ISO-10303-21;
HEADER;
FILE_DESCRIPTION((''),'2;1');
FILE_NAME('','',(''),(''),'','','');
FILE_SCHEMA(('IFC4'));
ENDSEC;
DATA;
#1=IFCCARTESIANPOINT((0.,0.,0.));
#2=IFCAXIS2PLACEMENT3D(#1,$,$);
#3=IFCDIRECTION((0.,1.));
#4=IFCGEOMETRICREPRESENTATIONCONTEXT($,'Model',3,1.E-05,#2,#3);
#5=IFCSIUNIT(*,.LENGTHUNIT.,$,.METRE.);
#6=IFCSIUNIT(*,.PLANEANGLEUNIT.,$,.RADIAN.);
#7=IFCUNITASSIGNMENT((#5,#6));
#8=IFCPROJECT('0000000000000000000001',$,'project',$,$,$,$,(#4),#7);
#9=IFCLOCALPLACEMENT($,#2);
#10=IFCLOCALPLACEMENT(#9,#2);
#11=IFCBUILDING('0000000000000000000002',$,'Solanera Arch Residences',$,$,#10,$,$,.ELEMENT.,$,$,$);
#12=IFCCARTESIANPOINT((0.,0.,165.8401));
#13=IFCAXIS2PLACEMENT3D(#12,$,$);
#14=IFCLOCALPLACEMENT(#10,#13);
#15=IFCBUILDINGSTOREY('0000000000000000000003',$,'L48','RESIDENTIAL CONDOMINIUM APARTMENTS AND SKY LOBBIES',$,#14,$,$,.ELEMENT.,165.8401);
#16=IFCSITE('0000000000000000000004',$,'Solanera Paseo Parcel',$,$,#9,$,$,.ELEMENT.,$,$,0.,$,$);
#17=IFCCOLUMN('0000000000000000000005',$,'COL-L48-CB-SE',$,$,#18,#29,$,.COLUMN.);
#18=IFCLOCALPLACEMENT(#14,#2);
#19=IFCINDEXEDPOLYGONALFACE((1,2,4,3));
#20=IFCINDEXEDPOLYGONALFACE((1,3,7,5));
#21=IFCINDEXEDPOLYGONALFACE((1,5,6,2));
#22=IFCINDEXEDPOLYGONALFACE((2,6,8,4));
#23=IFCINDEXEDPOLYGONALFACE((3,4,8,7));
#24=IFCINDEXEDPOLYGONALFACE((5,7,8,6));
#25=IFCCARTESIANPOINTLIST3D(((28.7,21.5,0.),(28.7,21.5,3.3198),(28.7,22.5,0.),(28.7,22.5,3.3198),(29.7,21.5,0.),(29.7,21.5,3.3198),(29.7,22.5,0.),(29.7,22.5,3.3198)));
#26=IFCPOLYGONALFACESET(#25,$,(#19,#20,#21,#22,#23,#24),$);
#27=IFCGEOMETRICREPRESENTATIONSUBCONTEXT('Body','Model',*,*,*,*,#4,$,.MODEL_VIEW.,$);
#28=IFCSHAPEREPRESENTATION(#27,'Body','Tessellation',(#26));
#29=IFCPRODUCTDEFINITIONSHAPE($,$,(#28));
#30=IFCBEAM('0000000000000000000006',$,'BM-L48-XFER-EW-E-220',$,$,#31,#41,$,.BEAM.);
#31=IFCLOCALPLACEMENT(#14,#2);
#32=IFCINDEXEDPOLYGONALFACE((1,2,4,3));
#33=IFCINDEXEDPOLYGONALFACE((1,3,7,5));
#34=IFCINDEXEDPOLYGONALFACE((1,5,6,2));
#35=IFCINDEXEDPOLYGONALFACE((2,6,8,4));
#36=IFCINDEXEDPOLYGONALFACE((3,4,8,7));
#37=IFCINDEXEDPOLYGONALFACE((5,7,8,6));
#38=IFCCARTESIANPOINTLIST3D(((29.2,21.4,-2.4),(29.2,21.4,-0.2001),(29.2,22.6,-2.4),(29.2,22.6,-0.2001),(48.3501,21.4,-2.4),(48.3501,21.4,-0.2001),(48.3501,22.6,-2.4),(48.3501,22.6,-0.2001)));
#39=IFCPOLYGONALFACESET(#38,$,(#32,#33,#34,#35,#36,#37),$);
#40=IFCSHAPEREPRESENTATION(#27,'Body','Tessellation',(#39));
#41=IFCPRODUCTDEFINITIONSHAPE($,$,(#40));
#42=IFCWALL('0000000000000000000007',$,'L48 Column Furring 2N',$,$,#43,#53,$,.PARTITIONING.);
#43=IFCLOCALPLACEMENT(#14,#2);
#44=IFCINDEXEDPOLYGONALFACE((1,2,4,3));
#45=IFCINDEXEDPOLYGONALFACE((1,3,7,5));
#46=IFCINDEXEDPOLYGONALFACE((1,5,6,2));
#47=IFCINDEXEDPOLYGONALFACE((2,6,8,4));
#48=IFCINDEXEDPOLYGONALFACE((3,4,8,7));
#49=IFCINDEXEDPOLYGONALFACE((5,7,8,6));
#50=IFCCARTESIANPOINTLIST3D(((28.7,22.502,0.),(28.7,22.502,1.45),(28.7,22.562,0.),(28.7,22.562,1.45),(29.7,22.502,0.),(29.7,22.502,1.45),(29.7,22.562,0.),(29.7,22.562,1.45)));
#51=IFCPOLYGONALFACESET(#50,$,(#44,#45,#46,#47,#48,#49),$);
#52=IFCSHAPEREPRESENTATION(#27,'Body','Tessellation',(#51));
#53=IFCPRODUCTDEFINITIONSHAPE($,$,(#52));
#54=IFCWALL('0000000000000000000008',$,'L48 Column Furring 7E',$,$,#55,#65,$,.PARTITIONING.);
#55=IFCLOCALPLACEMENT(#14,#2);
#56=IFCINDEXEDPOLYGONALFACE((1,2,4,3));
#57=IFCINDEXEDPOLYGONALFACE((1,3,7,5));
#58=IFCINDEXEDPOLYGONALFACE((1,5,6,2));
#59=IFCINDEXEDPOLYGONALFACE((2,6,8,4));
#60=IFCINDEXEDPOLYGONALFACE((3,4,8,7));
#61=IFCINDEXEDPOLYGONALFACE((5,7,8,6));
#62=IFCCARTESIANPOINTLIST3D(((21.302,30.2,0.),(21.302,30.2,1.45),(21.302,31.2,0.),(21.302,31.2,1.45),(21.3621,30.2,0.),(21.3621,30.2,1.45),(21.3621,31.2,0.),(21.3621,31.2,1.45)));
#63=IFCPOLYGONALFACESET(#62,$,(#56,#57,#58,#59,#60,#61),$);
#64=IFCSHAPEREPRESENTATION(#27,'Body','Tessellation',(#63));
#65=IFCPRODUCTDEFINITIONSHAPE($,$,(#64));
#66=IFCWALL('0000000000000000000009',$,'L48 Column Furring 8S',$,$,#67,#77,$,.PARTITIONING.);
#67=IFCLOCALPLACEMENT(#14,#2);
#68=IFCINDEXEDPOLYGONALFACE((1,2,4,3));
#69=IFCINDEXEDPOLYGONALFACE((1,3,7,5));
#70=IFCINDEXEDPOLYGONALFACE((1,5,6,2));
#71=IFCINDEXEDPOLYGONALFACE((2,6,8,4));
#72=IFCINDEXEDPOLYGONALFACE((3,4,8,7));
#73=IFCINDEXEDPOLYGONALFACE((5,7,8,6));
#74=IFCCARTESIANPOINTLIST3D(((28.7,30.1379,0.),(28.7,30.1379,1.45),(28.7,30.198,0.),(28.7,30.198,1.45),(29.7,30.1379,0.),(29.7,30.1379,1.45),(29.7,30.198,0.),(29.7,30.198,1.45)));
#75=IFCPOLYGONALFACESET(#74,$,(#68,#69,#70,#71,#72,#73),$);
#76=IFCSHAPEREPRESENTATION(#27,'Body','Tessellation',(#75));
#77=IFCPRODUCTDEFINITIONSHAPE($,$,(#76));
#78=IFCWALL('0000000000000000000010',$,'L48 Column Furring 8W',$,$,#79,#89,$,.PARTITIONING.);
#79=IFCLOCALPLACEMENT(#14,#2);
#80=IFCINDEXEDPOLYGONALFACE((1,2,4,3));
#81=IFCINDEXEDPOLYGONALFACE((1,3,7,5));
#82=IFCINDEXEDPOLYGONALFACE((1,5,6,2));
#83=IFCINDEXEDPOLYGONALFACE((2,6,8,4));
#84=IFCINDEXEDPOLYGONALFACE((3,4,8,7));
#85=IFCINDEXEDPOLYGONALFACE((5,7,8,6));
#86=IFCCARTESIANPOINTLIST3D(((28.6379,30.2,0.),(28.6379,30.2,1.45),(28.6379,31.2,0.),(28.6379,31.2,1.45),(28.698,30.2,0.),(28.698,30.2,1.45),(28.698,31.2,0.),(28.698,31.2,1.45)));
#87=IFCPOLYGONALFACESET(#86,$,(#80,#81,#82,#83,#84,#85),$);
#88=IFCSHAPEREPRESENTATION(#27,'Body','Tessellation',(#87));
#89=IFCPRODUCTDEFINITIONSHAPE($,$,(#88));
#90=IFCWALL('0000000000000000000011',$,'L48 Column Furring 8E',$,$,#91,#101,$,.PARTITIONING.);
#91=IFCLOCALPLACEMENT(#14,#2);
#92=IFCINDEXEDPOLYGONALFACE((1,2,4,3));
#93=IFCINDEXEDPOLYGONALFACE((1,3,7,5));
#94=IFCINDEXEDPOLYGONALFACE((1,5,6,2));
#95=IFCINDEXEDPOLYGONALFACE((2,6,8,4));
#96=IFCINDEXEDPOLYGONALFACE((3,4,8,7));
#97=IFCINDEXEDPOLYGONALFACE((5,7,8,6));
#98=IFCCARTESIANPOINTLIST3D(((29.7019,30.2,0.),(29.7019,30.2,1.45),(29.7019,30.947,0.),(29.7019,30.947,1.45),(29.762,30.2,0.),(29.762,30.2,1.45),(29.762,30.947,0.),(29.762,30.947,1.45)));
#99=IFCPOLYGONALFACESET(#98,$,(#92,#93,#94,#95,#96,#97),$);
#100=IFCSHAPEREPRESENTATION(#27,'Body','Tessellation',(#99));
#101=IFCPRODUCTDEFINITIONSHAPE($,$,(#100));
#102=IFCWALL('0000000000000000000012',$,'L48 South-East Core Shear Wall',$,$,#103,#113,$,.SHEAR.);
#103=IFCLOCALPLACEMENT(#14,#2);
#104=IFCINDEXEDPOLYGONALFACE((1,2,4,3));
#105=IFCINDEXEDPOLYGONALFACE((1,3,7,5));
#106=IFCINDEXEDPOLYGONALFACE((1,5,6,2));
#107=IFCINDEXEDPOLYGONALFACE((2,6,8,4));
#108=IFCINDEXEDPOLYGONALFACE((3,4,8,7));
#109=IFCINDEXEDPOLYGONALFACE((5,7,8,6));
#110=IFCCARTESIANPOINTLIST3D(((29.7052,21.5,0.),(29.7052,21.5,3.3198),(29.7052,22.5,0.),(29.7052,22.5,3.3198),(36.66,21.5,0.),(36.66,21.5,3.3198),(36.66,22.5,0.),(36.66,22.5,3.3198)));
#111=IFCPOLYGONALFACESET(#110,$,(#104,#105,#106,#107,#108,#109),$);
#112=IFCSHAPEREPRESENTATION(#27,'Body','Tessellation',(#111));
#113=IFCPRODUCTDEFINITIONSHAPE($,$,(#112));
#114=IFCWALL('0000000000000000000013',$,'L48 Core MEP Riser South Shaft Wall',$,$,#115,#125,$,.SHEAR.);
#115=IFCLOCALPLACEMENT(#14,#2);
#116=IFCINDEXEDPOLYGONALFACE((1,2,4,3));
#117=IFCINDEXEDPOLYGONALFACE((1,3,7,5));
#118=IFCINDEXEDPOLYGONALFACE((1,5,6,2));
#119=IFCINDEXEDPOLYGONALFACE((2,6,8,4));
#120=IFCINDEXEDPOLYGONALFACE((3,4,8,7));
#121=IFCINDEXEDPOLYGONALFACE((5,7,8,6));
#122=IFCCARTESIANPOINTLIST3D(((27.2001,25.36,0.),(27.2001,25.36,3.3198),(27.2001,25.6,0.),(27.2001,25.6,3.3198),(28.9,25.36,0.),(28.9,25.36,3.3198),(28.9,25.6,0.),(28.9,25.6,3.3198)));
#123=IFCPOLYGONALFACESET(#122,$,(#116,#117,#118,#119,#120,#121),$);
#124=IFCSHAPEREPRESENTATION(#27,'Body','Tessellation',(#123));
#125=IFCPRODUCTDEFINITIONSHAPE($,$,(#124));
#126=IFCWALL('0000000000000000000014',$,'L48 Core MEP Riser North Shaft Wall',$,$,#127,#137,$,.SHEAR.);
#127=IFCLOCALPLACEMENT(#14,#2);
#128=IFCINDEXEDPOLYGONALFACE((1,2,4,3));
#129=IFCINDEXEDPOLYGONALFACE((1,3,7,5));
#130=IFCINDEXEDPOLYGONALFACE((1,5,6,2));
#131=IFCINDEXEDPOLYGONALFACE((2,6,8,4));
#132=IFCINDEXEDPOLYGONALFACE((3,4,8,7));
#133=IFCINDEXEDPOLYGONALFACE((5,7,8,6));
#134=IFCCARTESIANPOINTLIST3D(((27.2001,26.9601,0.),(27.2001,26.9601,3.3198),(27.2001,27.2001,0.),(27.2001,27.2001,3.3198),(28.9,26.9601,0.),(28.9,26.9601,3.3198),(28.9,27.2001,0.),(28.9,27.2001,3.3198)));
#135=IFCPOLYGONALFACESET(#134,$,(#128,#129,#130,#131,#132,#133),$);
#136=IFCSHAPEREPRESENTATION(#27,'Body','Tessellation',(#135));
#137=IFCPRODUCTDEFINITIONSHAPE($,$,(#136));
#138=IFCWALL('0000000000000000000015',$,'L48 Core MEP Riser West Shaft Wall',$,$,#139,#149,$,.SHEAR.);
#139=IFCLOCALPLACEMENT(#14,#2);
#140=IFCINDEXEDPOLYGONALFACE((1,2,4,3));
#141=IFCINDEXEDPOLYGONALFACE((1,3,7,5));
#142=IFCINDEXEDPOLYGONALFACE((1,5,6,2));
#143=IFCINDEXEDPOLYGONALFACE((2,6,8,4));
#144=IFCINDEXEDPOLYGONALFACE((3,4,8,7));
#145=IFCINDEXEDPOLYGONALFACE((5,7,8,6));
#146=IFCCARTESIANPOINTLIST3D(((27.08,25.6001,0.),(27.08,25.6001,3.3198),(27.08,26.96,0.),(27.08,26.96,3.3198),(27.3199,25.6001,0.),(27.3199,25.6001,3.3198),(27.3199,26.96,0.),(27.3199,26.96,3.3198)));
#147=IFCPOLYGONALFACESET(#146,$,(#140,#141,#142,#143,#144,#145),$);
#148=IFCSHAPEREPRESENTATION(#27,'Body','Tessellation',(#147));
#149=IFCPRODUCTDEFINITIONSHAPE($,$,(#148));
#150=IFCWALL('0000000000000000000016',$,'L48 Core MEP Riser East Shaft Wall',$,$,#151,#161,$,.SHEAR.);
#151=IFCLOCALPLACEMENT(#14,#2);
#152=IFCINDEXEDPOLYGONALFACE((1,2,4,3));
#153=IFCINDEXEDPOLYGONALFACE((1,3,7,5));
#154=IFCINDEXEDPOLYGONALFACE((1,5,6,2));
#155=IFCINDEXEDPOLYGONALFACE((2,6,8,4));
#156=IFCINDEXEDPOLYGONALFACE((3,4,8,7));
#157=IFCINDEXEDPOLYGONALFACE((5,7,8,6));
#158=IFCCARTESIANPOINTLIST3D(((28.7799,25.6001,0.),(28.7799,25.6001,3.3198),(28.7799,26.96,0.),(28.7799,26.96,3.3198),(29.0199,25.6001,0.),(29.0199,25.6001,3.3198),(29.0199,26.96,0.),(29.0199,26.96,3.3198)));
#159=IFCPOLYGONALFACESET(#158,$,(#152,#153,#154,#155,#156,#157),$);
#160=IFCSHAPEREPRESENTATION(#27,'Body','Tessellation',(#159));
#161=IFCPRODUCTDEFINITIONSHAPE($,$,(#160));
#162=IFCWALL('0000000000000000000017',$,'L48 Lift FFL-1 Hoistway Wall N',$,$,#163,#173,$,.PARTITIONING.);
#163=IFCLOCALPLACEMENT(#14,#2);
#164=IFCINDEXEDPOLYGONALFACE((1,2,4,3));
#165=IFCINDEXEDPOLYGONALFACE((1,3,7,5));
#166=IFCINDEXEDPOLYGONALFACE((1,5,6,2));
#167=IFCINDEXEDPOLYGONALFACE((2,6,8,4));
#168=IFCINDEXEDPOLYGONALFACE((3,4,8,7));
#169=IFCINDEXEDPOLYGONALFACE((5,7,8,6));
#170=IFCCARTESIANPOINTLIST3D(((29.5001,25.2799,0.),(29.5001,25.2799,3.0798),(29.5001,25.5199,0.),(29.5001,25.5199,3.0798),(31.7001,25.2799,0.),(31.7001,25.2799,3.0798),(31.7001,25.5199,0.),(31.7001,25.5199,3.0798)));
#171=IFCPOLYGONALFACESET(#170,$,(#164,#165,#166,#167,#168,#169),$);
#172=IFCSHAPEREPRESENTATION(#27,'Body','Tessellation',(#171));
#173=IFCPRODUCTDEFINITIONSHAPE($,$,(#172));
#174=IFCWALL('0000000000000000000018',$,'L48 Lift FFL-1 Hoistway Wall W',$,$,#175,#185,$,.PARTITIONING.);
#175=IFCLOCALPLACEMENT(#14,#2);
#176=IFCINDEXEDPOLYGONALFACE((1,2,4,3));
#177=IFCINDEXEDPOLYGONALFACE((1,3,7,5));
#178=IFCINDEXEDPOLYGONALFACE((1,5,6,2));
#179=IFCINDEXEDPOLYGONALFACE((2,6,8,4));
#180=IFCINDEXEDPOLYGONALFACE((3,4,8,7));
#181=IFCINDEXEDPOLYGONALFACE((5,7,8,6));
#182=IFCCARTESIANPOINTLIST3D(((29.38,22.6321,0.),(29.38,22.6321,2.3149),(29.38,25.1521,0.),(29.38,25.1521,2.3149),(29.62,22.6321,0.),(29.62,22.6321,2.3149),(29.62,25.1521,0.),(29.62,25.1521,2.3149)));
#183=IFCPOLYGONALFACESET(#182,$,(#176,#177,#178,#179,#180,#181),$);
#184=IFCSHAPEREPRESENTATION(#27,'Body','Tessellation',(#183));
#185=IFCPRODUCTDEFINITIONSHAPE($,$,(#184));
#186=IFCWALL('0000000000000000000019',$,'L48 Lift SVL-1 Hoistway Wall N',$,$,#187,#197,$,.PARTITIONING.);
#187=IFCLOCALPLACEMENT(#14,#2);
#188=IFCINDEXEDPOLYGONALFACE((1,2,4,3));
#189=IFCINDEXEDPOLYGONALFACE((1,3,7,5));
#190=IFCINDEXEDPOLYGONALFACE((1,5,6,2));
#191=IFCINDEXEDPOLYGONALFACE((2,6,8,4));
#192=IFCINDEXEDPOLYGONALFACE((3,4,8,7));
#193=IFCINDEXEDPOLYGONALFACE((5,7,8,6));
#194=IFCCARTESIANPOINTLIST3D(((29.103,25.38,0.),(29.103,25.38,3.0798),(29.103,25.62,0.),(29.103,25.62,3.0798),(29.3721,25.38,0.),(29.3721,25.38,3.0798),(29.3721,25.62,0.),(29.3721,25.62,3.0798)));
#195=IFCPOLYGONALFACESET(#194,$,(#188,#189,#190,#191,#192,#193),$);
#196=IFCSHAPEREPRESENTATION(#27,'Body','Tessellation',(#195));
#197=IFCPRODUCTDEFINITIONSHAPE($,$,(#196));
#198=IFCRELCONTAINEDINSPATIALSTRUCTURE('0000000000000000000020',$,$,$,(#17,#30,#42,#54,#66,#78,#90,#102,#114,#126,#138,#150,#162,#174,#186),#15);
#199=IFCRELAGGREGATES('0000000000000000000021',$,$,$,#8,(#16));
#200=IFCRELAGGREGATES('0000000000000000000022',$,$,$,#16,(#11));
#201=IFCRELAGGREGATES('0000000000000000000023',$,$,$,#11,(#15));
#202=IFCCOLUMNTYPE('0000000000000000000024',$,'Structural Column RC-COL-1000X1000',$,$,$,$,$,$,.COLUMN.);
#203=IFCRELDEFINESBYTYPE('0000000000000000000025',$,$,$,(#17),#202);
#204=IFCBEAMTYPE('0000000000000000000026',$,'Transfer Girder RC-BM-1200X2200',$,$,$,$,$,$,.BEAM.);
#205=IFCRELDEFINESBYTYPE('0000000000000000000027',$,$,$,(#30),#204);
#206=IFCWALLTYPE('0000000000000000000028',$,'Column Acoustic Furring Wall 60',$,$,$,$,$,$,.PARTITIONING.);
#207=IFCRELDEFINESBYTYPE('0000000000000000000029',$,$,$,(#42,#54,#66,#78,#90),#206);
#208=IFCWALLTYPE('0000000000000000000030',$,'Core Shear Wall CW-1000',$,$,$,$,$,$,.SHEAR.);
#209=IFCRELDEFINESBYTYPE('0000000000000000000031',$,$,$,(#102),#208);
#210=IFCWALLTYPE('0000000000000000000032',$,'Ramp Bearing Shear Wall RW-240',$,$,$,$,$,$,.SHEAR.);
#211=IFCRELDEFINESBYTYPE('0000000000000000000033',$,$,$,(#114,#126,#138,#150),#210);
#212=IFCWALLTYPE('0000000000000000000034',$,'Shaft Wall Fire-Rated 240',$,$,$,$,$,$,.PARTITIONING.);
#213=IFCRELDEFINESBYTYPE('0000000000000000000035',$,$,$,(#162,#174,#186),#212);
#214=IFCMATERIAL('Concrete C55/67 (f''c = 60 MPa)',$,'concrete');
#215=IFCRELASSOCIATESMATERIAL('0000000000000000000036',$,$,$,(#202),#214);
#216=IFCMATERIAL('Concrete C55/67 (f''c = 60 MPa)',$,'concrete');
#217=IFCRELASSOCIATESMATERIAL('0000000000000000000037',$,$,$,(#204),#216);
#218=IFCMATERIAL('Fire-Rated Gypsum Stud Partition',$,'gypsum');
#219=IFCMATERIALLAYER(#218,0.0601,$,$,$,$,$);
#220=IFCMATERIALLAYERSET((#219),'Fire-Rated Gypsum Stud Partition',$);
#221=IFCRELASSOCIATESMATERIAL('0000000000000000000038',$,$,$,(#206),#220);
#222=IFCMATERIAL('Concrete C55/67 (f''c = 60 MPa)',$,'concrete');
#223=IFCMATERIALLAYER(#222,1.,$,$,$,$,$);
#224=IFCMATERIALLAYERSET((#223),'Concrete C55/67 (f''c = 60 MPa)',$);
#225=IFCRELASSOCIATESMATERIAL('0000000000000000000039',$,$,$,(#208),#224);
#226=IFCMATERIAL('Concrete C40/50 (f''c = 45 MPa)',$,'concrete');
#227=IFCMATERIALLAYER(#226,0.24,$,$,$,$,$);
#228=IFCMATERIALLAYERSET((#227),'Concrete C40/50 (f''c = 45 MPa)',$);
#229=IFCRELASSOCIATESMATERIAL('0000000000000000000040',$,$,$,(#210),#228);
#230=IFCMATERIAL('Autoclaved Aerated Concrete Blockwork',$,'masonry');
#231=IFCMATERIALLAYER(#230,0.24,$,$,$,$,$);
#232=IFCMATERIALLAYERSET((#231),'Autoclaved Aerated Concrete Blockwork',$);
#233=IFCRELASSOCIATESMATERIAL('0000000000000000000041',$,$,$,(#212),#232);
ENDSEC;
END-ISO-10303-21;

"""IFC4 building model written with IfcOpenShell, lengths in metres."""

from ifc_helpers import new_model, si_unit, direction, frame, frame_2d, origin, origin_2d, place, context, subcontext, project, spatial, rectangle, extrude, material, layer, layer_set, material_profile, profile_set, type_object, element, save


model = new_model("IFC4")

# Units and contexts
model_context = context("Model", 3, precision=1e-05, world=origin(), true_north=direction((0.0, 1.0)))
body_context = subcontext(model_context, "Body", "Model", "MODEL_VIEW")
ifc_project = project(units=[si_unit("LENGTHUNIT", "METRE"), si_unit("PLANEANGLEUNIT", "RADIAN")], contexts=[model_context])

# Site, building, storey
site_placement = place(None, origin())
site = spatial("IfcSite", under=ifc_project, at=site_placement, Name="Solanera Paseo Parcel", CompositionType="ELEMENT", RefElevation=0.0)
building_placement = place(site_placement, origin())
building = spatial("IfcBuilding", under=site, at=building_placement, Name="Solanera Arch Residences", CompositionType="ELEMENT")
storey_placement = place(building_placement, frame((0.0, 0.0, 165.8401)))
storey = spatial("IfcBuildingStorey", under=building, at=storey_placement, Name="L48", Description="RESIDENTIAL CONDOMINIUM APARTMENTS AND SKY LOBBIES", CompositionType="ELEMENT", Elevation=165.8401)

# Column
ifc_material_1 = material(Name="Concrete C55/67 (f'c = 60 MPa)", Category="concrete")
ifc_material_profile_1 = material_profile(ifc_material_1, rectangle(XDim=1.0, YDim=1.0, at=origin_2d()))
ifc_profile_set_1 = profile_set([ifc_material_profile_1], Name="Concrete C55/67 (f'c = 60 MPa)")
column_type = type_object("IfcColumnType", Name="Structural Column RC-COL-1000X1000", PredefinedType="COLUMN", material=ifc_profile_set_1)
column_placement = place(storey_placement, frame((29.2, 22.0, 0.0), z_axis=(0.0, 0.0, 1.0), x_axis=(1.0, 0.0, 0.0)))
element("IfcColumn", 1, at=column_placement, inside=storey, type_object=column_type, Name="COL-L48-CB-SE", PredefinedType="COLUMN", context=body_context, shape_type="SweptSolid", body=[
    extrude(rectangle(XDim=1.0, YDim=1.0, at=origin_2d()), origin(), (0.0, 0.0, 1.0), 3.3198),
])

# Beam
ifc_material_2 = material(Name="Concrete C55/67 (f'c = 60 MPa)", Category="concrete")
ifc_material_profile_2 = material_profile(ifc_material_2, rectangle(XDim=1.2, YDim=2.2, at=origin_2d()))
ifc_profile_set_2 = profile_set([ifc_material_profile_2], Name="Concrete C55/67 (f'c = 60 MPa)")
beam_type = type_object("IfcBeamType", Name="Transfer Girder RC-BM-1200X2200", PredefinedType="BEAM", material=ifc_profile_set_2)
beam_placement = place(storey_placement, frame((29.2, 22.0, -1.3), z_axis=(1.0, 0.0, 0.0), x_axis=(0.0, 1.0, 0.0)))
element("IfcBeam", 2, at=beam_placement, inside=storey, type_object=beam_type, Name="BM-L48-XFER-EW-E-220", PredefinedType="BEAM", context=body_context, shape_type="SweptSolid", body=[
    extrude(rectangle(XDim=1.2, YDim=2.2, at=origin_2d()), origin(), (0.0, 0.0, 1.0), 19.1501),
])

# Walls
ifc_material_3 = material(Name="Fire-Rated Gypsum Stud Partition", Category="gypsum")
ifc_layer_1 = layer(ifc_material_3, 0.0601)
ifc_layer_set_1 = layer_set([ifc_layer_1], Name="Fire-Rated Gypsum Stud Partition")
wall_type_1 = type_object("IfcWallType", Name="Column Acoustic Furring Wall 60", PredefinedType="PARTITIONING", material=ifc_layer_set_1)
for number, where, z_axis, x_axis, name in (
    (3, (28.7, 22.532, 0.0), (0.0, 0.0, 1.0), (1.0, 0.0, 0.0), "L48 Column Furring 2N"),
    (4, (21.332, 30.2, 0.0), (0.0, 0.0, 1.0), (0.0, 1.0, 0.0), "L48 Column Furring 7E"),
    (5, (28.7, 30.168, 0.0), (0.0, 0.0, 1.0), (1.0, 0.0, 0.0), "L48 Column Furring 8S"),
    (6, (28.668, 30.2, 0.0), (0.0, 0.0, 1.0), (0.0, 1.0, 0.0), "L48 Column Furring 8W"),
):
    element("IfcWall", number, at=place(storey_placement, frame(where, z_axis=z_axis, x_axis=x_axis)), inside=storey, type_object=wall_type_1, Name=name, PredefinedType="PARTITIONING", context=body_context, shape_type="SweptSolid", body=[
        extrude(rectangle(XDim=1.0, YDim=0.0601, at=frame_2d((0.5, 0.0))), origin(), (0.0, 0.0, 1.0), 1.45),
    ])
wall_1_placement = place(storey_placement, frame((29.7319, 30.2, 0.0), z_axis=(0.0, 0.0, 1.0), x_axis=(0.0, 1.0, 0.0)))
element("IfcWall", 7, at=wall_1_placement, inside=storey, type_object=wall_type_1, Name="L48 Column Furring 8E", PredefinedType="PARTITIONING", context=body_context, shape_type="SweptSolid", body=[
    extrude(rectangle(XDim=0.7471, YDim=0.0601, at=frame_2d((0.3735, 0.0))), origin(), (0.0, 0.0, 1.0), 1.45),
])
ifc_material_4 = material(Name="Concrete C55/67 (f'c = 60 MPa)", Category="concrete")
ifc_layer_2 = layer(ifc_material_4, 1.0)
ifc_layer_set_2 = layer_set([ifc_layer_2], Name="Concrete C55/67 (f'c = 60 MPa)")
wall_type_2 = type_object("IfcWallType", Name="Core Shear Wall CW-1000", PredefinedType="SHEAR", material=ifc_layer_set_2)
wall_2_placement = place(storey_placement, frame((29.7051, 22.0, 0.0), z_axis=(0.0, 0.0, 1.0), x_axis=(1.0, 0.0, 0.0)))
element("IfcWall", 8, at=wall_2_placement, inside=storey, type_object=wall_type_2, Name="L48 South-East Core Shear Wall", PredefinedType="SHEAR", context=body_context, shape_type="SweptSolid", body=[
    extrude(rectangle(XDim=6.9548, YDim=1.0, at=frame_2d((3.4775, 0.0))), origin(), (0.0, 0.0, 1.0), 3.3198),
])
ifc_material_5 = material(Name="Concrete C40/50 (f'c = 45 MPa)", Category="concrete")
ifc_layer_3 = layer(ifc_material_5, 0.24)
ifc_layer_set_3 = layer_set([ifc_layer_3], Name="Concrete C40/50 (f'c = 45 MPa)")
wall_type_3 = type_object("IfcWallType", Name="Ramp Bearing Shear Wall RW-240", PredefinedType="SHEAR", material=ifc_layer_set_3)
for number, where, z_axis, x_axis, name in (
    (9, (27.2, 25.48, 0.0), (0.0, 0.0, 1.0), (1.0, 0.0, 0.0), "L48 Core MEP Riser South Shaft Wall"),
    (10, (27.2, 27.0801, 0.0), (0.0, 0.0, 1.0), (1.0, 0.0, 0.0), "L48 Core MEP Riser North Shaft Wall"),
):
    element("IfcWall", number, at=place(storey_placement, frame(where, z_axis=z_axis, x_axis=x_axis)), inside=storey, type_object=wall_type_3, Name=name, PredefinedType="SHEAR", context=body_context, shape_type="SweptSolid", body=[
        extrude(rectangle(XDim=1.7, YDim=0.24, at=frame_2d((0.8501, 0.0))), origin(), (0.0, 0.0, 1.0), 3.3198),
    ])
for number, where, z_axis, x_axis, name in (
    (11, (27.2, 25.6001, 0.0), (0.0, 0.0, 1.0), (0.0, 1.0, 0.0), "L48 Core MEP Riser West Shaft Wall"),
    (12, (28.8999, 25.6001, 0.0), (0.0, 0.0, 1.0), (0.0, 1.0, 0.0), "L48 Core MEP Riser East Shaft Wall"),
):
    element("IfcWall", number, at=place(storey_placement, frame(where, z_axis=z_axis, x_axis=x_axis)), inside=storey, type_object=wall_type_3, Name=name, PredefinedType="SHEAR", context=body_context, shape_type="SweptSolid", body=[
        extrude(rectangle(XDim=1.3599, YDim=0.24, at=frame_2d((0.6799, 0.0))), origin(), (0.0, 0.0, 1.0), 3.3198),
    ])
ifc_material_6 = material(Name="Autoclaved Aerated Concrete Blockwork", Category="masonry")
ifc_layer_4 = layer(ifc_material_6, 0.24)
ifc_layer_set_4 = layer_set([ifc_layer_4], Name="Autoclaved Aerated Concrete Blockwork")
wall_type_4 = type_object("IfcWallType", Name="Shaft Wall Fire-Rated 240", PredefinedType="PARTITIONING", material=ifc_layer_set_4)
wall_3_placement = place(storey_placement, frame((29.5, 25.3999, 0.0), z_axis=(0.0, 0.0, 1.0), x_axis=(1.0, 0.0, 0.0)))
element("IfcWall", 13, at=wall_3_placement, inside=storey, type_object=wall_type_4, Name="L48 Lift FFL-1 Hoistway Wall N", PredefinedType="PARTITIONING", context=body_context, shape_type="SweptSolid", body=[
    extrude(rectangle(XDim=2.2, YDim=0.24, at=frame_2d((1.1001, 0.0))), origin(), (0.0, 0.0, 1.0), 3.0798),
])
wall_4_placement = place(storey_placement, frame((29.5, 22.6321, 0.0), z_axis=(0.0, 0.0, 1.0), x_axis=(0.0, 1.0, 0.0)))
element("IfcWall", 14, at=wall_4_placement, inside=storey, type_object=wall_type_4, Name="L48 Lift FFL-1 Hoistway Wall W", PredefinedType="PARTITIONING", context=body_context, shape_type="SweptSolid", body=[
    extrude(rectangle(XDim=2.52, YDim=0.24, at=frame_2d((1.26, 0.0))), origin(), (0.0, 0.0, 1.0), 2.3149),
])
wall_5_placement = place(storey_placement, frame((29.103, 25.5, 0.0), z_axis=(0.0, 0.0, 1.0), x_axis=(1.0, 0.0, 0.0)))
element("IfcWall", 15, at=wall_5_placement, inside=storey, type_object=wall_type_4, Name="L48 Lift SVL-1 Hoistway Wall N", PredefinedType="PARTITIONING", context=body_context, shape_type="SweptSolid", body=[
    extrude(rectangle(XDim=0.269, YDim=0.24, at=frame_2d((0.1345, 0.0))), origin(), (0.0, 0.0, 1.0), 3.0798),
])

save(model, "model.ifc")
